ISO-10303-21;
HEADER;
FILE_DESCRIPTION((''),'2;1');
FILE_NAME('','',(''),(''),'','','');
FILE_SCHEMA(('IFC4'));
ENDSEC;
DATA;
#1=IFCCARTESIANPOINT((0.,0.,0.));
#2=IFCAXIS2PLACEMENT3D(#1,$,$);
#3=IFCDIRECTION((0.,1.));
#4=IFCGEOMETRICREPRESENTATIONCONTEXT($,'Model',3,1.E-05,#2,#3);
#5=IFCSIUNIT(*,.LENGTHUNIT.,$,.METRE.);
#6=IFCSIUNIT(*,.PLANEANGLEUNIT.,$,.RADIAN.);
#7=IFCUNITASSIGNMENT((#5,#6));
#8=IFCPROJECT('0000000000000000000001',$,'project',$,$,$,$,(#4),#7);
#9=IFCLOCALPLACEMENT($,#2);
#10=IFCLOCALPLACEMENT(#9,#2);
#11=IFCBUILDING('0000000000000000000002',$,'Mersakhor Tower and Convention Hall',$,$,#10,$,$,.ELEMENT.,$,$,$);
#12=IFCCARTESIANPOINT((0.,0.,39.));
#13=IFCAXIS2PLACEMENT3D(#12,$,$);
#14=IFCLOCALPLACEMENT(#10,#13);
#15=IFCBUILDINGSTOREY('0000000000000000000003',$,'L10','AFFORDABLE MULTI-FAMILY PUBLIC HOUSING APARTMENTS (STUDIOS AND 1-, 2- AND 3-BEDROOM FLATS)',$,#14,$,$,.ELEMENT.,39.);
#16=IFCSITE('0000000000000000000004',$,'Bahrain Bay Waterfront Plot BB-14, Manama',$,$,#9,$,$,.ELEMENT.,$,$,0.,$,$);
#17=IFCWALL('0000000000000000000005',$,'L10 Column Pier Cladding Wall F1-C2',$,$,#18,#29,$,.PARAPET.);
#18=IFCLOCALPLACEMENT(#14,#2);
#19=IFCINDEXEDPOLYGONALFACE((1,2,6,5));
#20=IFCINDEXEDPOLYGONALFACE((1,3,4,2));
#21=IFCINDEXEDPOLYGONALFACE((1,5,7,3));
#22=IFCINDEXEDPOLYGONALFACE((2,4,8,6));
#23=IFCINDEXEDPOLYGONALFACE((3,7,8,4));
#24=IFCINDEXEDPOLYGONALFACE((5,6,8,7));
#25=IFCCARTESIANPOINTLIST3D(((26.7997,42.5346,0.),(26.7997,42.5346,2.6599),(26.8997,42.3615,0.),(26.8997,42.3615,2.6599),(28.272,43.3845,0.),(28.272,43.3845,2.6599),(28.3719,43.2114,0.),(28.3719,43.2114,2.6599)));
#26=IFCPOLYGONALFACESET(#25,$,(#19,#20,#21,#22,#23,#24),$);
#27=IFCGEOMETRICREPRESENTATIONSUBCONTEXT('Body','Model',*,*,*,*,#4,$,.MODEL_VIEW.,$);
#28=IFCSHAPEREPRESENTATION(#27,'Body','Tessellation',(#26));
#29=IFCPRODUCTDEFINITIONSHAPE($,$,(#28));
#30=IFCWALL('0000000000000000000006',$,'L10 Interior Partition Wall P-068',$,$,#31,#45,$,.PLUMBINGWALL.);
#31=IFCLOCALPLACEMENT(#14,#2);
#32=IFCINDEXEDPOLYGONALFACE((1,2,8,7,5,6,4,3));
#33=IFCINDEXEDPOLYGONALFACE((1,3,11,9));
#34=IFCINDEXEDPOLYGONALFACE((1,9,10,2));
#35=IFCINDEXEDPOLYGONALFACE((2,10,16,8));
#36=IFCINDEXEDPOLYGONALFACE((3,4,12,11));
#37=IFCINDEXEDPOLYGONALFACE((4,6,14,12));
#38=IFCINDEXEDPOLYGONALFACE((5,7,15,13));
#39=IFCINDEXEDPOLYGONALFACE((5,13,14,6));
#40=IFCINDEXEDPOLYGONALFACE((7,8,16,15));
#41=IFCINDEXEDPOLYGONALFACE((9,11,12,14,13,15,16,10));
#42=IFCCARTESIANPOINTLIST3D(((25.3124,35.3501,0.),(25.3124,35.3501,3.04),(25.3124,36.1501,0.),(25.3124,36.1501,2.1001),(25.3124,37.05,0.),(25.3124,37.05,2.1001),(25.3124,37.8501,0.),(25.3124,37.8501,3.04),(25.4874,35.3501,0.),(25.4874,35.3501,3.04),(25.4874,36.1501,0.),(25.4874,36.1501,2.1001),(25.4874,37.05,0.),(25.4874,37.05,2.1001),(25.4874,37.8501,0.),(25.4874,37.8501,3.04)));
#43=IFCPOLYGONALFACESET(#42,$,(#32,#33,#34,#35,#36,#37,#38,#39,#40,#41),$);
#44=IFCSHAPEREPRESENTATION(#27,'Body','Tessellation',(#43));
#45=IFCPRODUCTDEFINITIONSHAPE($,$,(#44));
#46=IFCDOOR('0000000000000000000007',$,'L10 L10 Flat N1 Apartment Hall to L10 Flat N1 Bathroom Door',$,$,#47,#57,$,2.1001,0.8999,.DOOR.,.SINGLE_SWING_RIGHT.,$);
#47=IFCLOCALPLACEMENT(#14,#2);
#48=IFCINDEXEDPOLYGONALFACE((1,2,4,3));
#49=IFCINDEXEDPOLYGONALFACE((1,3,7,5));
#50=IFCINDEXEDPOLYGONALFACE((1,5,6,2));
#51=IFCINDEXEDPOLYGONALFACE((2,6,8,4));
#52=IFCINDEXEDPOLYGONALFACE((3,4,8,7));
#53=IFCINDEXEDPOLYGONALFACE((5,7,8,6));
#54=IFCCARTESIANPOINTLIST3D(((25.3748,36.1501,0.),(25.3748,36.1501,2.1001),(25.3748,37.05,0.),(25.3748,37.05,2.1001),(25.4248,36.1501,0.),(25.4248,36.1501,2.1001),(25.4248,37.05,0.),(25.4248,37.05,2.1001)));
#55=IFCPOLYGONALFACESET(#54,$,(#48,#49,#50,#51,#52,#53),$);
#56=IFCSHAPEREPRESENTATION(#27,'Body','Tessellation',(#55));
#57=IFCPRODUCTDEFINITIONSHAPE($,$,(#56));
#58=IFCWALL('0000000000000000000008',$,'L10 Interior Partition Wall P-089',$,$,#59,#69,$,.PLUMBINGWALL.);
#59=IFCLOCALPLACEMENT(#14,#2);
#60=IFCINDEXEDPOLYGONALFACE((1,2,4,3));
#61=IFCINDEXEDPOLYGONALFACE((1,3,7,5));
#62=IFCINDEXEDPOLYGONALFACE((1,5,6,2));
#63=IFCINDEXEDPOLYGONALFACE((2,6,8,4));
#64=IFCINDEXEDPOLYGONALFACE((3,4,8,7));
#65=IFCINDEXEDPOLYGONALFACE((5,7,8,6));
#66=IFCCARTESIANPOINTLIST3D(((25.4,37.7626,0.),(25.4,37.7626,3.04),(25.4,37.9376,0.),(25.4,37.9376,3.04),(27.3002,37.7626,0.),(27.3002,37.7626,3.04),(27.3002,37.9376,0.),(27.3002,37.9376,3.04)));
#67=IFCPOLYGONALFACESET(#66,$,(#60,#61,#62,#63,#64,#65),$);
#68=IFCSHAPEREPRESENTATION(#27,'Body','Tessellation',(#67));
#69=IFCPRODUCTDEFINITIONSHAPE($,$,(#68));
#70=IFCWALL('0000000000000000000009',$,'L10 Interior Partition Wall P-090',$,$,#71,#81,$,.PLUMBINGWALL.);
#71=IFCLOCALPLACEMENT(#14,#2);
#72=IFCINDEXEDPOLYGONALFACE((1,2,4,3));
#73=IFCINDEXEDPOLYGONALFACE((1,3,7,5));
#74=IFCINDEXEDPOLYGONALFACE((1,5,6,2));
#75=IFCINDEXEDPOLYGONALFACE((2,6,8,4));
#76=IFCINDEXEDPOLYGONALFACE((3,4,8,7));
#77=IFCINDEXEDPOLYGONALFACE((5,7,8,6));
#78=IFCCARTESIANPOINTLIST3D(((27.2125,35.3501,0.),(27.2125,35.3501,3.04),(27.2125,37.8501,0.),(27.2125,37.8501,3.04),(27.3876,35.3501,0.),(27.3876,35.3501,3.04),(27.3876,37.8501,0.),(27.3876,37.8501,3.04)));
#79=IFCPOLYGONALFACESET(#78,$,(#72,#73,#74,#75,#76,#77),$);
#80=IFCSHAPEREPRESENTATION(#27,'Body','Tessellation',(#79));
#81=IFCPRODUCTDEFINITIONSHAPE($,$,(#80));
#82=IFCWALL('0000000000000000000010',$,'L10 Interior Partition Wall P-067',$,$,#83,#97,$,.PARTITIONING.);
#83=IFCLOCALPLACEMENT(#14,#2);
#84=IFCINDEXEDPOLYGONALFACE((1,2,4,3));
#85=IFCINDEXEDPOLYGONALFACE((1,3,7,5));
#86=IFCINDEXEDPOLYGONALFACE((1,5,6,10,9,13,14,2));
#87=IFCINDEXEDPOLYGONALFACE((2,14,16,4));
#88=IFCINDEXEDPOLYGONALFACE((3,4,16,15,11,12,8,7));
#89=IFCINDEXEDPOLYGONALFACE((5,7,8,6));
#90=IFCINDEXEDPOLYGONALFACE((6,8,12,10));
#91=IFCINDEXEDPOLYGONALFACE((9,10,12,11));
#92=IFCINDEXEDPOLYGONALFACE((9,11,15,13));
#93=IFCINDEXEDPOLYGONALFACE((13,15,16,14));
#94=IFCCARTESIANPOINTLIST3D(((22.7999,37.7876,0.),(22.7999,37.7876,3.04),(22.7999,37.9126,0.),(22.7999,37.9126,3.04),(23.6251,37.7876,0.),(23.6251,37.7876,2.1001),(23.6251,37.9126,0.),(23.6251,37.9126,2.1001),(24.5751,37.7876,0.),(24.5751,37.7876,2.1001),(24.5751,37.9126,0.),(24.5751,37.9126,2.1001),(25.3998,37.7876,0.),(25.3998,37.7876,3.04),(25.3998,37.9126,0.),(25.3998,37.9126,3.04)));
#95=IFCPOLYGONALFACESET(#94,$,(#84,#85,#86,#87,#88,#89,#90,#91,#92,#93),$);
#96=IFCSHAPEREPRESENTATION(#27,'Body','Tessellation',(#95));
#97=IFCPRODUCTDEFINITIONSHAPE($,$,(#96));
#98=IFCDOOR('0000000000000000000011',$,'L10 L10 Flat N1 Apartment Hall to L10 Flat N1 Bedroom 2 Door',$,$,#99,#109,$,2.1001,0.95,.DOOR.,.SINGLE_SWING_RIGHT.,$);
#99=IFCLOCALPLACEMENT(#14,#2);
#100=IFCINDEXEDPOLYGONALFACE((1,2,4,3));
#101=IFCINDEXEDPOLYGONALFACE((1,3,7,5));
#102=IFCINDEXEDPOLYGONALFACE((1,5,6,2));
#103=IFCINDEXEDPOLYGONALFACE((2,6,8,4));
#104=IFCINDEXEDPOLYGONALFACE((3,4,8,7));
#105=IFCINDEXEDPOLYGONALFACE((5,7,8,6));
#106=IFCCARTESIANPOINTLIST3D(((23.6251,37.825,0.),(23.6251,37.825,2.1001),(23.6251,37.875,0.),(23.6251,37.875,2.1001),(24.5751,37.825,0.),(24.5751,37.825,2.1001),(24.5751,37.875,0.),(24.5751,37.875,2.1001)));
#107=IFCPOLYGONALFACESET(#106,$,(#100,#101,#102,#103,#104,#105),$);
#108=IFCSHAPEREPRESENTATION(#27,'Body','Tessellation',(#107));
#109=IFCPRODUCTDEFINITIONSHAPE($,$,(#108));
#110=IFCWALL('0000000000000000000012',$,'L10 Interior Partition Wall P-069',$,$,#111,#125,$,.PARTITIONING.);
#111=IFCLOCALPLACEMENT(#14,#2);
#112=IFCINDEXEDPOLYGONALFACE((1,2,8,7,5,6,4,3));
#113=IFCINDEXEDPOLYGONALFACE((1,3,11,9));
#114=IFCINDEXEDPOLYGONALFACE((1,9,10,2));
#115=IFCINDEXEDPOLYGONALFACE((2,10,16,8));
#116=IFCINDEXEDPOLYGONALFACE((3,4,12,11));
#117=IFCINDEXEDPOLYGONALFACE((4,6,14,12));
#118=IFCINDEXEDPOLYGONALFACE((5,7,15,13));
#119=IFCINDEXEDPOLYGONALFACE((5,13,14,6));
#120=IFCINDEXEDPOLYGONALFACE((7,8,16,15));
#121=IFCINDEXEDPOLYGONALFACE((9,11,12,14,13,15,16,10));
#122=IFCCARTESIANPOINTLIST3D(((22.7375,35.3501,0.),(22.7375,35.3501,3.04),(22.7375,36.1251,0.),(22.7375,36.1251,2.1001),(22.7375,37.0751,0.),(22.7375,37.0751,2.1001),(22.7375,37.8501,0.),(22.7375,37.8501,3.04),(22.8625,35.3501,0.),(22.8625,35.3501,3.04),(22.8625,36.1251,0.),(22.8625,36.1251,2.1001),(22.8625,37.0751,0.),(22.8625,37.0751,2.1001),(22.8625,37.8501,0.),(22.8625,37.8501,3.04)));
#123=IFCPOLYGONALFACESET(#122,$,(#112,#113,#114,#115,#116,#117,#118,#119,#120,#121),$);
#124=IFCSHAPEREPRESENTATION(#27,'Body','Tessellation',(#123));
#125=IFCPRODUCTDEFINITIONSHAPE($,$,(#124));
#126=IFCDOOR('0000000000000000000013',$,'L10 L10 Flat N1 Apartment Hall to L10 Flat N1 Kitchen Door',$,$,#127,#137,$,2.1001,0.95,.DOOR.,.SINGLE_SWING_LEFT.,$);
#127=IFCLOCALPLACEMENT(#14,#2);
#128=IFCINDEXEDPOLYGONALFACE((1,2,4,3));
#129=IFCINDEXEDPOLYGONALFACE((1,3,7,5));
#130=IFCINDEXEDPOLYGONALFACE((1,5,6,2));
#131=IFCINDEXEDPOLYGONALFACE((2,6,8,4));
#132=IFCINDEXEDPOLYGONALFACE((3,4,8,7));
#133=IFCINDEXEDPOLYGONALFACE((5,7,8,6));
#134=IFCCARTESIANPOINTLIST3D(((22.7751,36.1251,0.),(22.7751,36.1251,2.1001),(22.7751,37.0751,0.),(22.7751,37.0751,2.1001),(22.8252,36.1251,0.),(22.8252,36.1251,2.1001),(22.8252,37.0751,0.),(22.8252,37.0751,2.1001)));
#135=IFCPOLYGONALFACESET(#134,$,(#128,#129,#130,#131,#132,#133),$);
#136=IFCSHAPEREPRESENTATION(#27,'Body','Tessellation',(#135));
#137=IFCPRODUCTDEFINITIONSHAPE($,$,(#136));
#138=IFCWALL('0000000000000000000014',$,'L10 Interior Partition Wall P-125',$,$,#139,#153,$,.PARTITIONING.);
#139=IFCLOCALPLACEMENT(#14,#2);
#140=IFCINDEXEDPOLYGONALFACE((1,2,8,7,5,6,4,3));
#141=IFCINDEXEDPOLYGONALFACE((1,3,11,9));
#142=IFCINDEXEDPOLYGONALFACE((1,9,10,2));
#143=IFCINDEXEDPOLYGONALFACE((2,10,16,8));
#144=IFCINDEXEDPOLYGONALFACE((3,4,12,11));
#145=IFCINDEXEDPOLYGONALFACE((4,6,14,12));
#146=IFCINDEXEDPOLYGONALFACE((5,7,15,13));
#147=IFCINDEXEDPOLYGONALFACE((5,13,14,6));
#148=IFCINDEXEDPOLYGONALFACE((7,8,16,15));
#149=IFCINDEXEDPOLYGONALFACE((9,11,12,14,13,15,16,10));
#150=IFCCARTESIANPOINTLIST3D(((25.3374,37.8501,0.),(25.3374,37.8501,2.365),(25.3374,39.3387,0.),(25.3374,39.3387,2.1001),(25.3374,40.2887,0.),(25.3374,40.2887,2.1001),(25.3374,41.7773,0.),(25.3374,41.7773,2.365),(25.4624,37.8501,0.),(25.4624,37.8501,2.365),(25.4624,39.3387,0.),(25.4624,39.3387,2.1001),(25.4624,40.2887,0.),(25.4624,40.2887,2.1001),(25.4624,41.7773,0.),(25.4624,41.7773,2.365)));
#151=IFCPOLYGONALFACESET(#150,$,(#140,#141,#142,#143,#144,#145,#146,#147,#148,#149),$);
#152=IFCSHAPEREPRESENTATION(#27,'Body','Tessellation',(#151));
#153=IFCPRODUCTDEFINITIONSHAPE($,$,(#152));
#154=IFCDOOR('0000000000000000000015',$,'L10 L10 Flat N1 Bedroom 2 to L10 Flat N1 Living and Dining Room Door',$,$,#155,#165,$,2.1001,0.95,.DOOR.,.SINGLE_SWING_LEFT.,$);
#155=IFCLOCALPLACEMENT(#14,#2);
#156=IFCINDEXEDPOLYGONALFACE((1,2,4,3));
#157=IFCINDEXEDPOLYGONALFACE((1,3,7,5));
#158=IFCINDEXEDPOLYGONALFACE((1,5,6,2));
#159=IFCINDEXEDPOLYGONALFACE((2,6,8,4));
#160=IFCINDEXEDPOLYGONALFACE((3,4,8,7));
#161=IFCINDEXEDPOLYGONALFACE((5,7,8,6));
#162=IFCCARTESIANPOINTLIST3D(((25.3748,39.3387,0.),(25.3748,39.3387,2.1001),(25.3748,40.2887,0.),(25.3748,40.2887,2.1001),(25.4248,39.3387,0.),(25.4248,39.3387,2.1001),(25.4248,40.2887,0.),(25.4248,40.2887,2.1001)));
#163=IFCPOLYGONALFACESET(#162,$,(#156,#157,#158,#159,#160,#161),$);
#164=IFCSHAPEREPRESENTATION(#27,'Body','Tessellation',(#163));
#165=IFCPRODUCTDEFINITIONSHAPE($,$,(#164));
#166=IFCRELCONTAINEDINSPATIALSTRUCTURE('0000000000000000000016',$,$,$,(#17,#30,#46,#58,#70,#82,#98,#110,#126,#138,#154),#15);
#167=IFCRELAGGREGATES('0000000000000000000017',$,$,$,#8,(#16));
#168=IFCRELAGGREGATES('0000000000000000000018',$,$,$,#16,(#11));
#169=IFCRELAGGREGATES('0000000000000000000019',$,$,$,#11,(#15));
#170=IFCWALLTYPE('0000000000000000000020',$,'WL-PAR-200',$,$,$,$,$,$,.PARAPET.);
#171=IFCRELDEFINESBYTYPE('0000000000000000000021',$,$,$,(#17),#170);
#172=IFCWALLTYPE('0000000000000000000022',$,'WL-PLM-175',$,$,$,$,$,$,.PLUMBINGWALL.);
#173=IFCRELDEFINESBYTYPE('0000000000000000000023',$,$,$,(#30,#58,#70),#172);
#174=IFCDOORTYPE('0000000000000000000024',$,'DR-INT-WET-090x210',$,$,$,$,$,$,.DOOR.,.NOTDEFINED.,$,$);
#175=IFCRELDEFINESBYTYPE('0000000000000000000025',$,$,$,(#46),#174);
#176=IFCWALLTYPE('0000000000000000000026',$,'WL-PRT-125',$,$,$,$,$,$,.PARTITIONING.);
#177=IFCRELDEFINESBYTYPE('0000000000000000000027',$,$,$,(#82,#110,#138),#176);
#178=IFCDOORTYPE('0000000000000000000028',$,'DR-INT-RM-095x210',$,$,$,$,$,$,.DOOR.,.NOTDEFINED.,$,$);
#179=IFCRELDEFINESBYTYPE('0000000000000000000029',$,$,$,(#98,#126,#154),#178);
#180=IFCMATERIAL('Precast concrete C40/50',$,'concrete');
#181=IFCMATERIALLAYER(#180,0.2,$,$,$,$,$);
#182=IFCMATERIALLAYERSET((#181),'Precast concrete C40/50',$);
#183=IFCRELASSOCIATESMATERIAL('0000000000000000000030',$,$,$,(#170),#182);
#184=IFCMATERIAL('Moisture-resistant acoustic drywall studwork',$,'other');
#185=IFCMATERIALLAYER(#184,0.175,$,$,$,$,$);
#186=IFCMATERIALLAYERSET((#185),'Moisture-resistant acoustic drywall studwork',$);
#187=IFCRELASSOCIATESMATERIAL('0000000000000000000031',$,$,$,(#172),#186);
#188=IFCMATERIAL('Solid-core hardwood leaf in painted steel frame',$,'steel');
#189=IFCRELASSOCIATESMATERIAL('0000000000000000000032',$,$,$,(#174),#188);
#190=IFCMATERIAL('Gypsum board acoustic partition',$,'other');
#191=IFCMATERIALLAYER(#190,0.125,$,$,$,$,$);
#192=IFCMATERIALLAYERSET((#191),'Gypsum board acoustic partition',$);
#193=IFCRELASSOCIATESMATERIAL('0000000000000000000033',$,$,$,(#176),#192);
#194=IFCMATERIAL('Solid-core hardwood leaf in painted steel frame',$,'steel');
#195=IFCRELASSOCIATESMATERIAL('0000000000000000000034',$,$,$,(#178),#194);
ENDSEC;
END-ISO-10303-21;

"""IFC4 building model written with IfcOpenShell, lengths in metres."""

from ifc_helpers import new_model, si_unit, direction, frame, frame_2d, origin, place, context, subcontext, project, spatial, rectangle, extrude, material, layer, layer_set, type_object, element, fill, save


model = new_model("IFC4")

# Units and contexts
model_context = context("Model", 3, precision=1e-05, world=origin(), true_north=direction((0.0, 1.0)))
body_context = subcontext(model_context, "Body", "Model", "MODEL_VIEW")
ifc_project = project(units=[si_unit("LENGTHUNIT", "METRE"), si_unit("PLANEANGLEUNIT", "RADIAN")], contexts=[model_context])

# Site, building, storey
site_placement = place(None, origin())
site = spatial("IfcSite", under=ifc_project, at=site_placement, Name="Bahrain Bay Waterfront Plot BB-14, Manama", CompositionType="ELEMENT", RefElevation=0.0)
building_placement = place(site_placement, origin())
building = spatial("IfcBuilding", under=site, at=building_placement, Name="Mersakhor Tower and Convention Hall", CompositionType="ELEMENT")
storey_placement = place(building_placement, frame((0.0, 0.0, 39.0)))
storey = spatial("IfcBuildingStorey", under=building, at=storey_placement, Name="L10", Description="AFFORDABLE MULTI-FAMILY PUBLIC HOUSING APARTMENTS (STUDIOS AND 1-, 2- AND 3-BEDROOM FLATS)", CompositionType="ELEMENT", Elevation=39.0)

# Wall
ifc_material_1 = material(Name="Precast concrete C40/50", Category="concrete")
ifc_layer_1 = layer(ifc_material_1, 0.2)
ifc_layer_set_1 = layer_set([ifc_layer_1], Name="Precast concrete C40/50")
wall_type_1 = type_object("IfcWallType", Name="WL-PAR-200", PredefinedType="PARAPET", material=ifc_layer_set_1)
wall_1_placement = place(storey_placement, frame((26.8496, 42.448, 0.0), z_axis=(0.0, 0.0, 1.0), x_axis=(0.866052, 0.499955, 0.0)))
element("IfcWall", 1, at=wall_1_placement, inside=storey, type_object=wall_type_1, Name="L10 Column Pier Cladding Wall F1-C2", PredefinedType="PARAPET", context=body_context, shape_type="SweptSolid", body=[
    extrude(rectangle(XDim=1.7, YDim=0.2, at=frame_2d((0.8501, 0.0))), origin(), (0.0, 0.0, 1.0), 2.6599),
])

# Wall, opening, door
ifc_material_2 = material(Name="Moisture-resistant acoustic drywall studwork", Category="other")
ifc_layer_2 = layer(ifc_material_2, 0.175)
ifc_layer_set_2 = layer_set([ifc_layer_2], Name="Moisture-resistant acoustic drywall studwork")
wall_type_2 = type_object("IfcWallType", Name="WL-PLM-175", PredefinedType="PLUMBINGWALL", material=ifc_layer_set_2)
wall_2_placement = place(storey_placement, frame((25.3999, 37.8501, 0.0), z_axis=(0.0, 0.0, 1.0), x_axis=(0.0, -1.0, 0.0)))
wall_2 = element("IfcWall", 2, at=wall_2_placement, inside=storey, type_object=wall_type_2, Name="L10 Interior Partition Wall P-068", PredefinedType="PLUMBINGWALL", context=body_context, shape_type="SweptSolid", body=[
    extrude(rectangle(XDim=2.5, YDim=0.175, at=frame_2d((1.25, 0.0))), origin(), (0.0, 0.0, 1.0), 3.04),
])
opening_1_placement = place(wall_2_placement, frame((0.8, 0.0, 0.0)))
opening_1 = element("IfcOpeningElement", 3, at=opening_1_placement, cuts=wall_2, PredefinedType="OPENING", context=body_context, shape_type="SweptSolid", body=[
    extrude(rectangle(XDim=0.8999, YDim=2.1001, at=frame_2d((0.45, 1.05))), frame((0.0, 0.0974, 0.0), z_axis=(0.0, -1.0, 0.0), x_axis=(1.0, 0.0, 0.0)), (0.0, 0.0, 1.0), 0.1951),
])
ifc_material_3 = material(Name="Solid-core hardwood leaf in painted steel frame", Category="steel")
door_type_1 = type_object("IfcDoorType", Name="DR-INT-WET-090x210", OperationType="NOTDEFINED", PredefinedType="DOOR", material=ifc_material_3)
door_1_placement = place(opening_1_placement, origin())
door_1 = element("IfcDoor", 4, at=door_1_placement, inside=storey, type_object=door_type_1, Name="L10 L10 Flat N1 Apartment Hall to L10 Flat N1 Bathroom Door", OperationType="SINGLE_SWING_RIGHT", OverallHeight=2.1001, OverallWidth=0.8999, PredefinedType="DOOR", context=body_context, shape_type="SweptSolid", body=[
    extrude(rectangle(XDim=0.8999, YDim=2.1001, at=frame_2d((0.45, 1.05))), frame((0.0, 0.0249, 0.0), z_axis=(0.0, -1.0, 0.0), x_axis=(1.0, 0.0, 0.0)), (0.0, 0.0, 1.0), 0.05),
])
fill(opening_1, door_1)

# Walls
wall_3_placement = place(storey_placement, frame((25.3999, 37.8501, 0.0), z_axis=(0.0, 0.0, 1.0), x_axis=(1.0, 0.0, 0.0)))
element("IfcWall", 5, at=wall_3_placement, inside=storey, type_object=wall_type_2, Name="L10 Interior Partition Wall P-089", PredefinedType="PLUMBINGWALL", context=body_context, shape_type="SweptSolid", body=[
    extrude(rectangle(XDim=1.9001, YDim=0.175, at=frame_2d((0.9502, 0.0))), origin(), (0.0, 0.0, 1.0), 3.04),
])
wall_4_placement = place(storey_placement, frame((27.3, 37.8501, 0.0), z_axis=(0.0, 0.0, 1.0), x_axis=(0.0, -1.0, 0.0)))
element("IfcWall", 6, at=wall_4_placement, inside=storey, type_object=wall_type_2, Name="L10 Interior Partition Wall P-090", PredefinedType="PLUMBINGWALL", context=body_context, shape_type="SweptSolid", body=[
    extrude(rectangle(XDim=2.5, YDim=0.175, at=frame_2d((1.25, 0.0))), origin(), (0.0, 0.0, 1.0), 3.04),
])

# Walls, openings, doors
ifc_material_4 = material(Name="Gypsum board acoustic partition", Category="other")
ifc_layer_3 = layer(ifc_material_4, 0.125)
ifc_layer_set_3 = layer_set([ifc_layer_3], Name="Gypsum board acoustic partition")
wall_type_3 = type_object("IfcWallType", Name="WL-PRT-125", PredefinedType="PARTITIONING", material=ifc_layer_set_3)
wall_5_placement = place(storey_placement, frame((22.8, 37.8501, 0.0), z_axis=(0.0, 0.0, 1.0), x_axis=(1.0, 0.0, 0.0)))
wall_5 = element("IfcWall", 7, at=wall_5_placement, inside=storey, type_object=wall_type_3, Name="L10 Interior Partition Wall P-067", PredefinedType="PARTITIONING", context=body_context, shape_type="SweptSolid", body=[
    extrude(rectangle(XDim=2.5999, YDim=0.125, at=frame_2d((1.2998, 0.0))), origin(), (0.0, 0.0, 1.0), 3.04),
])
opening_2_placement = place(wall_5_placement, frame((0.825, 0.0, 0.0)))
opening_2 = element("IfcOpeningElement", 8, at=opening_2_placement, cuts=wall_5, PredefinedType="OPENING", context=body_context, shape_type="SweptSolid", body=[
    extrude(rectangle(XDim=0.95, YDim=2.1001, at=frame_2d((0.4751, 1.05))), frame((0.0, 0.0725, 0.0), z_axis=(0.0, -1.0, 0.0), x_axis=(1.0, 0.0, 0.0)), (0.0, 0.0, 1.0), 0.145),
])
ifc_material_5 = material(Name="Solid-core hardwood leaf in painted steel frame", Category="steel")
door_type_2 = type_object("IfcDoorType", Name="DR-INT-RM-095x210", OperationType="NOTDEFINED", PredefinedType="DOOR", material=ifc_material_5)
door_2_placement = place(opening_2_placement, origin())
door_2 = element("IfcDoor", 9, at=door_2_placement, inside=storey, type_object=door_type_2, Name="L10 L10 Flat N1 Apartment Hall to L10 Flat N1 Bedroom 2 Door", OperationType="SINGLE_SWING_RIGHT", OverallHeight=2.1001, OverallWidth=0.95, PredefinedType="DOOR", context=body_context, shape_type="SweptSolid", body=[
    extrude(rectangle(XDim=0.95, YDim=2.1001, at=frame_2d((0.4751, 1.05))), frame((0.0, 0.0249, 0.0), z_axis=(0.0, -1.0, 0.0), x_axis=(1.0, 0.0, 0.0)), (0.0, 0.0, 1.0), 0.05),
])
fill(opening_2, door_2)
wall_6_placement = place(storey_placement, frame((22.8, 35.3501, 0.0), z_axis=(0.0, 0.0, 1.0), x_axis=(0.0, 1.0, 0.0)))
wall_6 = element("IfcWall", 10, at=wall_6_placement, inside=storey, type_object=wall_type_3, Name="L10 Interior Partition Wall P-069", PredefinedType="PARTITIONING", context=body_context, shape_type="SweptSolid", body=[
    extrude(rectangle(XDim=2.5, YDim=0.125, at=frame_2d((1.25, 0.0))), origin(), (0.0, 0.0, 1.0), 3.04),
])
opening_3_placement = place(wall_6_placement, frame((0.7749, 0.0, 0.0)))
opening_3 = element("IfcOpeningElement", 11, at=opening_3_placement, cuts=wall_6, PredefinedType="OPENING", context=body_context, shape_type="SweptSolid", body=[
    extrude(rectangle(XDim=0.95, YDim=2.1001, at=frame_2d((0.4751, 1.05))), frame((0.0, 0.0725, 0.0), z_axis=(0.0, -1.0, 0.0), x_axis=(1.0, 0.0, 0.0)), (0.0, 0.0, 1.0), 0.145),
])
door_3_placement = place(opening_3_placement, origin())
door_3 = element("IfcDoor", 12, at=door_3_placement, inside=storey, type_object=door_type_2, Name="L10 L10 Flat N1 Apartment Hall to L10 Flat N1 Kitchen Door", OperationType="SINGLE_SWING_LEFT", OverallHeight=2.1001, OverallWidth=0.95, PredefinedType="DOOR", context=body_context, shape_type="SweptSolid", body=[
    extrude(rectangle(XDim=0.95, YDim=2.1001, at=frame_2d((0.4751, 1.05))), frame((0.0, 0.0249, 0.0), z_axis=(0.0, -1.0, 0.0), x_axis=(1.0, 0.0, 0.0)), (0.0, 0.0, 1.0), 0.05),
])
fill(opening_3, door_3)
wall_7_placement = place(storey_placement, frame((25.3999, 41.7773, 0.0), z_axis=(0.0, 0.0, 1.0), x_axis=(0.0, -1.0, 0.0)))
wall_7 = element("IfcWall", 13, at=wall_7_placement, inside=storey, type_object=wall_type_3, Name="L10 Interior Partition Wall P-125", PredefinedType="PARTITIONING", context=body_context, shape_type="SweptSolid", body=[
    extrude(rectangle(XDim=3.9272, YDim=0.125, at=frame_2d((1.9636, 0.0))), origin(), (0.0, 0.0, 1.0), 2.365),
])
opening_4_placement = place(wall_7_placement, frame((1.4885, 0.0, 0.0)))
opening_4 = element("IfcOpeningElement", 14, at=opening_4_placement, cuts=wall_7, PredefinedType="OPENING", context=body_context, shape_type="SweptSolid", body=[
    extrude(rectangle(XDim=0.95, YDim=2.1001, at=frame_2d((0.4751, 1.05))), frame((0.0, 0.0725, 0.0), z_axis=(0.0, -1.0, 0.0), x_axis=(1.0, 0.0, 0.0)), (0.0, 0.0, 1.0), 0.145),
])
door_4_placement = place(opening_4_placement, origin())
door_4 = element("IfcDoor", 15, at=door_4_placement, inside=storey, type_object=door_type_2, Name="L10 L10 Flat N1 Bedroom 2 to L10 Flat N1 Living and Dining Room Door", OperationType="SINGLE_SWING_LEFT", OverallHeight=2.1001, OverallWidth=0.95, PredefinedType="DOOR", context=body_context, shape_type="SweptSolid", body=[
    extrude(rectangle(XDim=0.95, YDim=2.1001, at=frame_2d((0.4751, 1.05))), frame((0.0, 0.0249, 0.0), z_axis=(0.0, -1.0, 0.0), x_axis=(1.0, 0.0, 0.0)), (0.0, 0.0, 1.0), 0.05),
])
fill(opening_4, door_4)

save(model, "model.ifc")
